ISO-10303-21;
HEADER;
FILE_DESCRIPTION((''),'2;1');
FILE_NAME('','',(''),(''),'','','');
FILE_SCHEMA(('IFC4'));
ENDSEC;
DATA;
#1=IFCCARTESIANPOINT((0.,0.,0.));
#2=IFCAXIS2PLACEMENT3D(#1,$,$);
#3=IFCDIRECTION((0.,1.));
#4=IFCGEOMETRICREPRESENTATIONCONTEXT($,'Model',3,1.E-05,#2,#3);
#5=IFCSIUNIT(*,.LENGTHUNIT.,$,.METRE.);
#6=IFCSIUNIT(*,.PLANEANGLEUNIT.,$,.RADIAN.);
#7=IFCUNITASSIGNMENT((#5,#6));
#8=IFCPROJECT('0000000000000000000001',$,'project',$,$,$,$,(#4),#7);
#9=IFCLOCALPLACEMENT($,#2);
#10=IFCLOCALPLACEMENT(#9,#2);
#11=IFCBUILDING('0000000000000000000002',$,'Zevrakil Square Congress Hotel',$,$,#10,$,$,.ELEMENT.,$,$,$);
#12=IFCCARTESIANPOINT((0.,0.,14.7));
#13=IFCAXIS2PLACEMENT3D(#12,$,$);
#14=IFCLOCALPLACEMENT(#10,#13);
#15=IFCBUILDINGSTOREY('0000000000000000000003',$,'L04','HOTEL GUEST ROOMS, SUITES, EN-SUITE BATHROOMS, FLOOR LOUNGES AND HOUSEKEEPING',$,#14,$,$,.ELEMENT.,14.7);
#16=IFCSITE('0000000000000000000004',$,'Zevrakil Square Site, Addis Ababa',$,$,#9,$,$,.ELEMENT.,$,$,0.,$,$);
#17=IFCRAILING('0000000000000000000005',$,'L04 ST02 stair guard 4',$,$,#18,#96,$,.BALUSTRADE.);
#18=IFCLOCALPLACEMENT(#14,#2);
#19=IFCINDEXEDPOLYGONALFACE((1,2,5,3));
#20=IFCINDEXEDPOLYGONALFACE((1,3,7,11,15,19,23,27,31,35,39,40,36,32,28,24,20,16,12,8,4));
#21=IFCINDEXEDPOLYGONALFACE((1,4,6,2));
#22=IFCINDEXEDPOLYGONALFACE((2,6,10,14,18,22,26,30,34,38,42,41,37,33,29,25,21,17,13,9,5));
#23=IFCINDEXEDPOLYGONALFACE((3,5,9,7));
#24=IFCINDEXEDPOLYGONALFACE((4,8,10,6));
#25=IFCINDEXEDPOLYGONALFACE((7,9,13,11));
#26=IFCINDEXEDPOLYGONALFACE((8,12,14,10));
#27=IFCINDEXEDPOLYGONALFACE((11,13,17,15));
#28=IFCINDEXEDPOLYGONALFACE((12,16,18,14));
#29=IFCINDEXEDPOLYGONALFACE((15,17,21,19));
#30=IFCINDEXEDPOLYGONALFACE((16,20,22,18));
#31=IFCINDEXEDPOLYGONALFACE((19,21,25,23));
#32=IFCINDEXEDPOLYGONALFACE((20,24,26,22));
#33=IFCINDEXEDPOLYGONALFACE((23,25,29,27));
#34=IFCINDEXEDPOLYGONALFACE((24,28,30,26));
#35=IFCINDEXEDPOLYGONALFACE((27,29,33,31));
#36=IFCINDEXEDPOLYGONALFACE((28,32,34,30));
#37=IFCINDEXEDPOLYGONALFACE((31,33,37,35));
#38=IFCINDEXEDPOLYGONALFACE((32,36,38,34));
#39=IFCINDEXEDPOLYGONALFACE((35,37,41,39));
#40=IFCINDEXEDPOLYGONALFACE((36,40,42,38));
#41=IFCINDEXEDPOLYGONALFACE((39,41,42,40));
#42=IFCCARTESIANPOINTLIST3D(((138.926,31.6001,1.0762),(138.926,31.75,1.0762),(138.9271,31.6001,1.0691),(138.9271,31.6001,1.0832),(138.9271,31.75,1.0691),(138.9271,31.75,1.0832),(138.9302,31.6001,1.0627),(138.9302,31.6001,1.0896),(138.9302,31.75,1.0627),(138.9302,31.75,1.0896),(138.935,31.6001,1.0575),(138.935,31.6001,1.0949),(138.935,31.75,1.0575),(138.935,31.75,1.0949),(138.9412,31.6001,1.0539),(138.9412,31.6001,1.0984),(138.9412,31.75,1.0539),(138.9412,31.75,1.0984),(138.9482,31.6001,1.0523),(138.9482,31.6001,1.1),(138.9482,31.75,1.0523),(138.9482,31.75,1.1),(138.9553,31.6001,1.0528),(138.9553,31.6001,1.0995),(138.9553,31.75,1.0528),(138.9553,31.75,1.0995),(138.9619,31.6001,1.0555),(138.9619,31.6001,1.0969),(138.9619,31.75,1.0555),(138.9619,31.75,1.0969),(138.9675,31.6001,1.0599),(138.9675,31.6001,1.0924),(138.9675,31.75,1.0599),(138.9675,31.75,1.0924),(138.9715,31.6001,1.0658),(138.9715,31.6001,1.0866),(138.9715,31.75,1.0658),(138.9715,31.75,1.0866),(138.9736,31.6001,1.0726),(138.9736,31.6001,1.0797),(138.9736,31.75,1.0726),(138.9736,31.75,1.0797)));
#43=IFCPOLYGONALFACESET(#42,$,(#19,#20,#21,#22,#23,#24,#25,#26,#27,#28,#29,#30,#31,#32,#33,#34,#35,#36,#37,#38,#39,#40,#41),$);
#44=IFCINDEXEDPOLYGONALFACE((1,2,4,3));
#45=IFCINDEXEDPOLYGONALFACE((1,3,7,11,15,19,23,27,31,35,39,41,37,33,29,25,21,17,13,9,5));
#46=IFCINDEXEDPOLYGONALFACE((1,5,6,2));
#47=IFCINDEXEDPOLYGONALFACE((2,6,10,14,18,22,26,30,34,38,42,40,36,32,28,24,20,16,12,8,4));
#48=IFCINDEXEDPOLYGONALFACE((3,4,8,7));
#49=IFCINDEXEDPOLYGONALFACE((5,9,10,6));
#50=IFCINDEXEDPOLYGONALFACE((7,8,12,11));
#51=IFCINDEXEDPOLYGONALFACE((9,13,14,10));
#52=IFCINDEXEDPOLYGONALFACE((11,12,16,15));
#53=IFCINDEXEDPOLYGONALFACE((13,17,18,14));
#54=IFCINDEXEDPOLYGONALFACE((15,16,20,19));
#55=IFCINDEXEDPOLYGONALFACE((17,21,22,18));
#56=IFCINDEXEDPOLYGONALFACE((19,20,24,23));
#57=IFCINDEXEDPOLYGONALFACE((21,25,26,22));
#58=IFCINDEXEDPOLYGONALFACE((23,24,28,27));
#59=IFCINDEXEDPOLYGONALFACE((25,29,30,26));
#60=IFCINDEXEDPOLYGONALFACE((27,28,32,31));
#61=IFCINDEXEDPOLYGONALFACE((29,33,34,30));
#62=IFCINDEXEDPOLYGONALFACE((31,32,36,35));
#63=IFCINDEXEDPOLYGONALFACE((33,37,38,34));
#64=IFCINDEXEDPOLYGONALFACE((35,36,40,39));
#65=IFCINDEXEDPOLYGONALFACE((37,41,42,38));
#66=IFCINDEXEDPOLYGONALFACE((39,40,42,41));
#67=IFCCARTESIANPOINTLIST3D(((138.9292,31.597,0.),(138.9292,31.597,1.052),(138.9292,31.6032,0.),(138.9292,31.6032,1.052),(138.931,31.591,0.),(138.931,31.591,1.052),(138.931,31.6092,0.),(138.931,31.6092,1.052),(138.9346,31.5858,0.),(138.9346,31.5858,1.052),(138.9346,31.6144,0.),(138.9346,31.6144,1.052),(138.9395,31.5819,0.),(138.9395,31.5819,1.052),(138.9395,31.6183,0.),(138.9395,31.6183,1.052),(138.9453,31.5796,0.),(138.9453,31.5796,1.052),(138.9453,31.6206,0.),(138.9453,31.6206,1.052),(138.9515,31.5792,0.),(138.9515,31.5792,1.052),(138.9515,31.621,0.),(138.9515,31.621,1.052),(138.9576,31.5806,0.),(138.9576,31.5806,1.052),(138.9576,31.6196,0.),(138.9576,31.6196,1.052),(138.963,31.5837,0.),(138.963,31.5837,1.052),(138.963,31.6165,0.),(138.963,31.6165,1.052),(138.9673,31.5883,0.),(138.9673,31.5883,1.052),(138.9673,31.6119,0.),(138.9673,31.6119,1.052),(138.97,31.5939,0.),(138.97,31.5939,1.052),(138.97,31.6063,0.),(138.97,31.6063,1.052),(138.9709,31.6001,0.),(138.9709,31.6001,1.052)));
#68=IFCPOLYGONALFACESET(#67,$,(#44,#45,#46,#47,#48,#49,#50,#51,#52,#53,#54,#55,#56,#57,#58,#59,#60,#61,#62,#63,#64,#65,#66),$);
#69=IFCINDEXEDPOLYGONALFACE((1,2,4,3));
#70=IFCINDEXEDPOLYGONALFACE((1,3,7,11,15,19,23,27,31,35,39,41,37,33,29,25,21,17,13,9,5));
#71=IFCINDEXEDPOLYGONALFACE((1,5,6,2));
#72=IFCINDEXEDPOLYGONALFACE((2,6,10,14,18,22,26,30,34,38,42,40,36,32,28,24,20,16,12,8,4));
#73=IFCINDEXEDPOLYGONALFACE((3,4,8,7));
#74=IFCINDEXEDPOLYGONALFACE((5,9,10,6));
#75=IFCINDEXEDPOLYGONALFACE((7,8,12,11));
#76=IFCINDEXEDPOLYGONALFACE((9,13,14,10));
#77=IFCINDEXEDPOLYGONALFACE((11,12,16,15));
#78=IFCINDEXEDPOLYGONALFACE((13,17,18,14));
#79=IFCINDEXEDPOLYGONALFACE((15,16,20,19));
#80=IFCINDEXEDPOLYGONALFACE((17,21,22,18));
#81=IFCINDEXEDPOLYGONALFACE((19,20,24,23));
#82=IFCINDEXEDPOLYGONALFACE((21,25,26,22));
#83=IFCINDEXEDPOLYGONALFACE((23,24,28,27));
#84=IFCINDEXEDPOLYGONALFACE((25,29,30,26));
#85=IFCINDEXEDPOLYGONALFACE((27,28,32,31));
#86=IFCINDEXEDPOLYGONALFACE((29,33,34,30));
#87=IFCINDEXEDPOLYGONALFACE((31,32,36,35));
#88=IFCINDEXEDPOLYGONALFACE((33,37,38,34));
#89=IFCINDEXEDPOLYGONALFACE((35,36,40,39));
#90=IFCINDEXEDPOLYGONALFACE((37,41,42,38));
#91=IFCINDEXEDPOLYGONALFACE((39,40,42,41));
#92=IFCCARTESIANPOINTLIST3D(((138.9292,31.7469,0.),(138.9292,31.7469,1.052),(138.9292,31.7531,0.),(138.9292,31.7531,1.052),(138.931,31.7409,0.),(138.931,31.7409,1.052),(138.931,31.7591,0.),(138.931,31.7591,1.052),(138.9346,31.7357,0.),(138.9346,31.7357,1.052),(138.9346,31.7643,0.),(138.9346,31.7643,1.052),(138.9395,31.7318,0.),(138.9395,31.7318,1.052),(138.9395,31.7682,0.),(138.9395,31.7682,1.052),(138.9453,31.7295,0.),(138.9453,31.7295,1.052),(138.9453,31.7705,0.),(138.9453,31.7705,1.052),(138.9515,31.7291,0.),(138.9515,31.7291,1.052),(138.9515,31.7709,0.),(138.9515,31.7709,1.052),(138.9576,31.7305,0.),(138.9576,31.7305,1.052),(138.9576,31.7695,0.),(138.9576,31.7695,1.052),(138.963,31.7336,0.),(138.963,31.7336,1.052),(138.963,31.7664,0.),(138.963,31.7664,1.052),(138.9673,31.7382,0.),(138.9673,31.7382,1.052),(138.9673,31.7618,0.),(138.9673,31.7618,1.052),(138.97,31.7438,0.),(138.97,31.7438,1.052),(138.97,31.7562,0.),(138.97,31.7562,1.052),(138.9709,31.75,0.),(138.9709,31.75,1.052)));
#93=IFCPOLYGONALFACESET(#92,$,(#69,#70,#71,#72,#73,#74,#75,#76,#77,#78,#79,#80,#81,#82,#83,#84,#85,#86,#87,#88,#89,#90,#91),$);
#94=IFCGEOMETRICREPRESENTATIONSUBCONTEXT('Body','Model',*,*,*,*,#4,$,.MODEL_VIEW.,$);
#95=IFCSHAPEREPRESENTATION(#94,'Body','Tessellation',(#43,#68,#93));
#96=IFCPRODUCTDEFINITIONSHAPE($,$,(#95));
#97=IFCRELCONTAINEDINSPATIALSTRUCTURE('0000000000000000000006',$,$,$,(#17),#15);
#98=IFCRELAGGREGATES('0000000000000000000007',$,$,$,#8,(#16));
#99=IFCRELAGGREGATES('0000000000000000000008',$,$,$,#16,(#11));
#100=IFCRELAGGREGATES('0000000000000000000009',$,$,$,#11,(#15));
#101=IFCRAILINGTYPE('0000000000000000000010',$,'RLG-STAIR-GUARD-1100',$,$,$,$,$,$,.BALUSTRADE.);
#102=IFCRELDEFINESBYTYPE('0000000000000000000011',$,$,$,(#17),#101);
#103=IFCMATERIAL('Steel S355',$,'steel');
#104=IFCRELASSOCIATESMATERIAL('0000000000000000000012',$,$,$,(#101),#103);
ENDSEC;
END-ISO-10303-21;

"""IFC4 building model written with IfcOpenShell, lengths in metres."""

from ifc_helpers import new_model, si_unit, direction, frame, origin, origin_2d, place, context, subcontext, project, spatial, circle, extrude, material, type_object, element, save


model = new_model("IFC4")

# Units and contexts
model_context = context("Model", 3, precision=1e-05, world=origin(), true_north=direction((0.0, 1.0)))
body_context = subcontext(model_context, "Body", "Model", "MODEL_VIEW")
ifc_project = project(units=[si_unit("LENGTHUNIT", "METRE"), si_unit("PLANEANGLEUNIT", "RADIAN")], contexts=[model_context])

# Site, building, storey
site_placement = place(None, origin())
site = spatial("IfcSite", under=ifc_project, at=site_placement, Name="Zevrakil Square Site, Addis Ababa", CompositionType="ELEMENT", RefElevation=0.0)
building_placement = place(site_placement, origin())
building = spatial("IfcBuilding", under=site, at=building_placement, Name="Zevrakil Square Congress Hotel", CompositionType="ELEMENT")
storey_placement = place(building_placement, frame((0.0, 0.0, 14.7)))
storey = spatial("IfcBuildingStorey", under=building, at=storey_placement, Name="L04", Description="HOTEL GUEST ROOMS, SUITES, EN-SUITE BATHROOMS, FLOOR LOUNGES AND HOUSEKEEPING", CompositionType="ELEMENT", Elevation=14.7)

# Railing
ifc_material_1 = material(Name="Steel S355", Category="steel")
railing_type_1 = type_object("IfcRailingType", Name="RLG-STAIR-GUARD-1100", PredefinedType="BALUSTRADE", material=ifc_material_1)
railing_1_placement = place(storey_placement, frame((138.95, 31.6001, 0.0)))
element("IfcRailing", 1, at=railing_1_placement, inside=storey, type_object=railing_type_1, Name="L04 ST02 stair guard 4", PredefinedType="BALUSTRADE", context=body_context, shape_type="SweptSolid", body=[
    extrude(circle(Radius=0.0239, at=origin_2d()), frame((0.0, 0.0, 1.0762), z_axis=(0.0, 1.0, 0.0), x_axis=(-1.0, 0.0, 0.0)), (0.0, 0.0, 1.0), 0.1499),
    extrude(circle(Radius=0.021, at=origin_2d()), origin(), (0.0, 0.0, 1.0), 1.052),
    extrude(circle(Radius=0.021, at=origin_2d()), frame((0.0, 0.1499, 0.0)), (0.0, 0.0, 1.0), 1.052),
])

save(model, "model.ifc")
